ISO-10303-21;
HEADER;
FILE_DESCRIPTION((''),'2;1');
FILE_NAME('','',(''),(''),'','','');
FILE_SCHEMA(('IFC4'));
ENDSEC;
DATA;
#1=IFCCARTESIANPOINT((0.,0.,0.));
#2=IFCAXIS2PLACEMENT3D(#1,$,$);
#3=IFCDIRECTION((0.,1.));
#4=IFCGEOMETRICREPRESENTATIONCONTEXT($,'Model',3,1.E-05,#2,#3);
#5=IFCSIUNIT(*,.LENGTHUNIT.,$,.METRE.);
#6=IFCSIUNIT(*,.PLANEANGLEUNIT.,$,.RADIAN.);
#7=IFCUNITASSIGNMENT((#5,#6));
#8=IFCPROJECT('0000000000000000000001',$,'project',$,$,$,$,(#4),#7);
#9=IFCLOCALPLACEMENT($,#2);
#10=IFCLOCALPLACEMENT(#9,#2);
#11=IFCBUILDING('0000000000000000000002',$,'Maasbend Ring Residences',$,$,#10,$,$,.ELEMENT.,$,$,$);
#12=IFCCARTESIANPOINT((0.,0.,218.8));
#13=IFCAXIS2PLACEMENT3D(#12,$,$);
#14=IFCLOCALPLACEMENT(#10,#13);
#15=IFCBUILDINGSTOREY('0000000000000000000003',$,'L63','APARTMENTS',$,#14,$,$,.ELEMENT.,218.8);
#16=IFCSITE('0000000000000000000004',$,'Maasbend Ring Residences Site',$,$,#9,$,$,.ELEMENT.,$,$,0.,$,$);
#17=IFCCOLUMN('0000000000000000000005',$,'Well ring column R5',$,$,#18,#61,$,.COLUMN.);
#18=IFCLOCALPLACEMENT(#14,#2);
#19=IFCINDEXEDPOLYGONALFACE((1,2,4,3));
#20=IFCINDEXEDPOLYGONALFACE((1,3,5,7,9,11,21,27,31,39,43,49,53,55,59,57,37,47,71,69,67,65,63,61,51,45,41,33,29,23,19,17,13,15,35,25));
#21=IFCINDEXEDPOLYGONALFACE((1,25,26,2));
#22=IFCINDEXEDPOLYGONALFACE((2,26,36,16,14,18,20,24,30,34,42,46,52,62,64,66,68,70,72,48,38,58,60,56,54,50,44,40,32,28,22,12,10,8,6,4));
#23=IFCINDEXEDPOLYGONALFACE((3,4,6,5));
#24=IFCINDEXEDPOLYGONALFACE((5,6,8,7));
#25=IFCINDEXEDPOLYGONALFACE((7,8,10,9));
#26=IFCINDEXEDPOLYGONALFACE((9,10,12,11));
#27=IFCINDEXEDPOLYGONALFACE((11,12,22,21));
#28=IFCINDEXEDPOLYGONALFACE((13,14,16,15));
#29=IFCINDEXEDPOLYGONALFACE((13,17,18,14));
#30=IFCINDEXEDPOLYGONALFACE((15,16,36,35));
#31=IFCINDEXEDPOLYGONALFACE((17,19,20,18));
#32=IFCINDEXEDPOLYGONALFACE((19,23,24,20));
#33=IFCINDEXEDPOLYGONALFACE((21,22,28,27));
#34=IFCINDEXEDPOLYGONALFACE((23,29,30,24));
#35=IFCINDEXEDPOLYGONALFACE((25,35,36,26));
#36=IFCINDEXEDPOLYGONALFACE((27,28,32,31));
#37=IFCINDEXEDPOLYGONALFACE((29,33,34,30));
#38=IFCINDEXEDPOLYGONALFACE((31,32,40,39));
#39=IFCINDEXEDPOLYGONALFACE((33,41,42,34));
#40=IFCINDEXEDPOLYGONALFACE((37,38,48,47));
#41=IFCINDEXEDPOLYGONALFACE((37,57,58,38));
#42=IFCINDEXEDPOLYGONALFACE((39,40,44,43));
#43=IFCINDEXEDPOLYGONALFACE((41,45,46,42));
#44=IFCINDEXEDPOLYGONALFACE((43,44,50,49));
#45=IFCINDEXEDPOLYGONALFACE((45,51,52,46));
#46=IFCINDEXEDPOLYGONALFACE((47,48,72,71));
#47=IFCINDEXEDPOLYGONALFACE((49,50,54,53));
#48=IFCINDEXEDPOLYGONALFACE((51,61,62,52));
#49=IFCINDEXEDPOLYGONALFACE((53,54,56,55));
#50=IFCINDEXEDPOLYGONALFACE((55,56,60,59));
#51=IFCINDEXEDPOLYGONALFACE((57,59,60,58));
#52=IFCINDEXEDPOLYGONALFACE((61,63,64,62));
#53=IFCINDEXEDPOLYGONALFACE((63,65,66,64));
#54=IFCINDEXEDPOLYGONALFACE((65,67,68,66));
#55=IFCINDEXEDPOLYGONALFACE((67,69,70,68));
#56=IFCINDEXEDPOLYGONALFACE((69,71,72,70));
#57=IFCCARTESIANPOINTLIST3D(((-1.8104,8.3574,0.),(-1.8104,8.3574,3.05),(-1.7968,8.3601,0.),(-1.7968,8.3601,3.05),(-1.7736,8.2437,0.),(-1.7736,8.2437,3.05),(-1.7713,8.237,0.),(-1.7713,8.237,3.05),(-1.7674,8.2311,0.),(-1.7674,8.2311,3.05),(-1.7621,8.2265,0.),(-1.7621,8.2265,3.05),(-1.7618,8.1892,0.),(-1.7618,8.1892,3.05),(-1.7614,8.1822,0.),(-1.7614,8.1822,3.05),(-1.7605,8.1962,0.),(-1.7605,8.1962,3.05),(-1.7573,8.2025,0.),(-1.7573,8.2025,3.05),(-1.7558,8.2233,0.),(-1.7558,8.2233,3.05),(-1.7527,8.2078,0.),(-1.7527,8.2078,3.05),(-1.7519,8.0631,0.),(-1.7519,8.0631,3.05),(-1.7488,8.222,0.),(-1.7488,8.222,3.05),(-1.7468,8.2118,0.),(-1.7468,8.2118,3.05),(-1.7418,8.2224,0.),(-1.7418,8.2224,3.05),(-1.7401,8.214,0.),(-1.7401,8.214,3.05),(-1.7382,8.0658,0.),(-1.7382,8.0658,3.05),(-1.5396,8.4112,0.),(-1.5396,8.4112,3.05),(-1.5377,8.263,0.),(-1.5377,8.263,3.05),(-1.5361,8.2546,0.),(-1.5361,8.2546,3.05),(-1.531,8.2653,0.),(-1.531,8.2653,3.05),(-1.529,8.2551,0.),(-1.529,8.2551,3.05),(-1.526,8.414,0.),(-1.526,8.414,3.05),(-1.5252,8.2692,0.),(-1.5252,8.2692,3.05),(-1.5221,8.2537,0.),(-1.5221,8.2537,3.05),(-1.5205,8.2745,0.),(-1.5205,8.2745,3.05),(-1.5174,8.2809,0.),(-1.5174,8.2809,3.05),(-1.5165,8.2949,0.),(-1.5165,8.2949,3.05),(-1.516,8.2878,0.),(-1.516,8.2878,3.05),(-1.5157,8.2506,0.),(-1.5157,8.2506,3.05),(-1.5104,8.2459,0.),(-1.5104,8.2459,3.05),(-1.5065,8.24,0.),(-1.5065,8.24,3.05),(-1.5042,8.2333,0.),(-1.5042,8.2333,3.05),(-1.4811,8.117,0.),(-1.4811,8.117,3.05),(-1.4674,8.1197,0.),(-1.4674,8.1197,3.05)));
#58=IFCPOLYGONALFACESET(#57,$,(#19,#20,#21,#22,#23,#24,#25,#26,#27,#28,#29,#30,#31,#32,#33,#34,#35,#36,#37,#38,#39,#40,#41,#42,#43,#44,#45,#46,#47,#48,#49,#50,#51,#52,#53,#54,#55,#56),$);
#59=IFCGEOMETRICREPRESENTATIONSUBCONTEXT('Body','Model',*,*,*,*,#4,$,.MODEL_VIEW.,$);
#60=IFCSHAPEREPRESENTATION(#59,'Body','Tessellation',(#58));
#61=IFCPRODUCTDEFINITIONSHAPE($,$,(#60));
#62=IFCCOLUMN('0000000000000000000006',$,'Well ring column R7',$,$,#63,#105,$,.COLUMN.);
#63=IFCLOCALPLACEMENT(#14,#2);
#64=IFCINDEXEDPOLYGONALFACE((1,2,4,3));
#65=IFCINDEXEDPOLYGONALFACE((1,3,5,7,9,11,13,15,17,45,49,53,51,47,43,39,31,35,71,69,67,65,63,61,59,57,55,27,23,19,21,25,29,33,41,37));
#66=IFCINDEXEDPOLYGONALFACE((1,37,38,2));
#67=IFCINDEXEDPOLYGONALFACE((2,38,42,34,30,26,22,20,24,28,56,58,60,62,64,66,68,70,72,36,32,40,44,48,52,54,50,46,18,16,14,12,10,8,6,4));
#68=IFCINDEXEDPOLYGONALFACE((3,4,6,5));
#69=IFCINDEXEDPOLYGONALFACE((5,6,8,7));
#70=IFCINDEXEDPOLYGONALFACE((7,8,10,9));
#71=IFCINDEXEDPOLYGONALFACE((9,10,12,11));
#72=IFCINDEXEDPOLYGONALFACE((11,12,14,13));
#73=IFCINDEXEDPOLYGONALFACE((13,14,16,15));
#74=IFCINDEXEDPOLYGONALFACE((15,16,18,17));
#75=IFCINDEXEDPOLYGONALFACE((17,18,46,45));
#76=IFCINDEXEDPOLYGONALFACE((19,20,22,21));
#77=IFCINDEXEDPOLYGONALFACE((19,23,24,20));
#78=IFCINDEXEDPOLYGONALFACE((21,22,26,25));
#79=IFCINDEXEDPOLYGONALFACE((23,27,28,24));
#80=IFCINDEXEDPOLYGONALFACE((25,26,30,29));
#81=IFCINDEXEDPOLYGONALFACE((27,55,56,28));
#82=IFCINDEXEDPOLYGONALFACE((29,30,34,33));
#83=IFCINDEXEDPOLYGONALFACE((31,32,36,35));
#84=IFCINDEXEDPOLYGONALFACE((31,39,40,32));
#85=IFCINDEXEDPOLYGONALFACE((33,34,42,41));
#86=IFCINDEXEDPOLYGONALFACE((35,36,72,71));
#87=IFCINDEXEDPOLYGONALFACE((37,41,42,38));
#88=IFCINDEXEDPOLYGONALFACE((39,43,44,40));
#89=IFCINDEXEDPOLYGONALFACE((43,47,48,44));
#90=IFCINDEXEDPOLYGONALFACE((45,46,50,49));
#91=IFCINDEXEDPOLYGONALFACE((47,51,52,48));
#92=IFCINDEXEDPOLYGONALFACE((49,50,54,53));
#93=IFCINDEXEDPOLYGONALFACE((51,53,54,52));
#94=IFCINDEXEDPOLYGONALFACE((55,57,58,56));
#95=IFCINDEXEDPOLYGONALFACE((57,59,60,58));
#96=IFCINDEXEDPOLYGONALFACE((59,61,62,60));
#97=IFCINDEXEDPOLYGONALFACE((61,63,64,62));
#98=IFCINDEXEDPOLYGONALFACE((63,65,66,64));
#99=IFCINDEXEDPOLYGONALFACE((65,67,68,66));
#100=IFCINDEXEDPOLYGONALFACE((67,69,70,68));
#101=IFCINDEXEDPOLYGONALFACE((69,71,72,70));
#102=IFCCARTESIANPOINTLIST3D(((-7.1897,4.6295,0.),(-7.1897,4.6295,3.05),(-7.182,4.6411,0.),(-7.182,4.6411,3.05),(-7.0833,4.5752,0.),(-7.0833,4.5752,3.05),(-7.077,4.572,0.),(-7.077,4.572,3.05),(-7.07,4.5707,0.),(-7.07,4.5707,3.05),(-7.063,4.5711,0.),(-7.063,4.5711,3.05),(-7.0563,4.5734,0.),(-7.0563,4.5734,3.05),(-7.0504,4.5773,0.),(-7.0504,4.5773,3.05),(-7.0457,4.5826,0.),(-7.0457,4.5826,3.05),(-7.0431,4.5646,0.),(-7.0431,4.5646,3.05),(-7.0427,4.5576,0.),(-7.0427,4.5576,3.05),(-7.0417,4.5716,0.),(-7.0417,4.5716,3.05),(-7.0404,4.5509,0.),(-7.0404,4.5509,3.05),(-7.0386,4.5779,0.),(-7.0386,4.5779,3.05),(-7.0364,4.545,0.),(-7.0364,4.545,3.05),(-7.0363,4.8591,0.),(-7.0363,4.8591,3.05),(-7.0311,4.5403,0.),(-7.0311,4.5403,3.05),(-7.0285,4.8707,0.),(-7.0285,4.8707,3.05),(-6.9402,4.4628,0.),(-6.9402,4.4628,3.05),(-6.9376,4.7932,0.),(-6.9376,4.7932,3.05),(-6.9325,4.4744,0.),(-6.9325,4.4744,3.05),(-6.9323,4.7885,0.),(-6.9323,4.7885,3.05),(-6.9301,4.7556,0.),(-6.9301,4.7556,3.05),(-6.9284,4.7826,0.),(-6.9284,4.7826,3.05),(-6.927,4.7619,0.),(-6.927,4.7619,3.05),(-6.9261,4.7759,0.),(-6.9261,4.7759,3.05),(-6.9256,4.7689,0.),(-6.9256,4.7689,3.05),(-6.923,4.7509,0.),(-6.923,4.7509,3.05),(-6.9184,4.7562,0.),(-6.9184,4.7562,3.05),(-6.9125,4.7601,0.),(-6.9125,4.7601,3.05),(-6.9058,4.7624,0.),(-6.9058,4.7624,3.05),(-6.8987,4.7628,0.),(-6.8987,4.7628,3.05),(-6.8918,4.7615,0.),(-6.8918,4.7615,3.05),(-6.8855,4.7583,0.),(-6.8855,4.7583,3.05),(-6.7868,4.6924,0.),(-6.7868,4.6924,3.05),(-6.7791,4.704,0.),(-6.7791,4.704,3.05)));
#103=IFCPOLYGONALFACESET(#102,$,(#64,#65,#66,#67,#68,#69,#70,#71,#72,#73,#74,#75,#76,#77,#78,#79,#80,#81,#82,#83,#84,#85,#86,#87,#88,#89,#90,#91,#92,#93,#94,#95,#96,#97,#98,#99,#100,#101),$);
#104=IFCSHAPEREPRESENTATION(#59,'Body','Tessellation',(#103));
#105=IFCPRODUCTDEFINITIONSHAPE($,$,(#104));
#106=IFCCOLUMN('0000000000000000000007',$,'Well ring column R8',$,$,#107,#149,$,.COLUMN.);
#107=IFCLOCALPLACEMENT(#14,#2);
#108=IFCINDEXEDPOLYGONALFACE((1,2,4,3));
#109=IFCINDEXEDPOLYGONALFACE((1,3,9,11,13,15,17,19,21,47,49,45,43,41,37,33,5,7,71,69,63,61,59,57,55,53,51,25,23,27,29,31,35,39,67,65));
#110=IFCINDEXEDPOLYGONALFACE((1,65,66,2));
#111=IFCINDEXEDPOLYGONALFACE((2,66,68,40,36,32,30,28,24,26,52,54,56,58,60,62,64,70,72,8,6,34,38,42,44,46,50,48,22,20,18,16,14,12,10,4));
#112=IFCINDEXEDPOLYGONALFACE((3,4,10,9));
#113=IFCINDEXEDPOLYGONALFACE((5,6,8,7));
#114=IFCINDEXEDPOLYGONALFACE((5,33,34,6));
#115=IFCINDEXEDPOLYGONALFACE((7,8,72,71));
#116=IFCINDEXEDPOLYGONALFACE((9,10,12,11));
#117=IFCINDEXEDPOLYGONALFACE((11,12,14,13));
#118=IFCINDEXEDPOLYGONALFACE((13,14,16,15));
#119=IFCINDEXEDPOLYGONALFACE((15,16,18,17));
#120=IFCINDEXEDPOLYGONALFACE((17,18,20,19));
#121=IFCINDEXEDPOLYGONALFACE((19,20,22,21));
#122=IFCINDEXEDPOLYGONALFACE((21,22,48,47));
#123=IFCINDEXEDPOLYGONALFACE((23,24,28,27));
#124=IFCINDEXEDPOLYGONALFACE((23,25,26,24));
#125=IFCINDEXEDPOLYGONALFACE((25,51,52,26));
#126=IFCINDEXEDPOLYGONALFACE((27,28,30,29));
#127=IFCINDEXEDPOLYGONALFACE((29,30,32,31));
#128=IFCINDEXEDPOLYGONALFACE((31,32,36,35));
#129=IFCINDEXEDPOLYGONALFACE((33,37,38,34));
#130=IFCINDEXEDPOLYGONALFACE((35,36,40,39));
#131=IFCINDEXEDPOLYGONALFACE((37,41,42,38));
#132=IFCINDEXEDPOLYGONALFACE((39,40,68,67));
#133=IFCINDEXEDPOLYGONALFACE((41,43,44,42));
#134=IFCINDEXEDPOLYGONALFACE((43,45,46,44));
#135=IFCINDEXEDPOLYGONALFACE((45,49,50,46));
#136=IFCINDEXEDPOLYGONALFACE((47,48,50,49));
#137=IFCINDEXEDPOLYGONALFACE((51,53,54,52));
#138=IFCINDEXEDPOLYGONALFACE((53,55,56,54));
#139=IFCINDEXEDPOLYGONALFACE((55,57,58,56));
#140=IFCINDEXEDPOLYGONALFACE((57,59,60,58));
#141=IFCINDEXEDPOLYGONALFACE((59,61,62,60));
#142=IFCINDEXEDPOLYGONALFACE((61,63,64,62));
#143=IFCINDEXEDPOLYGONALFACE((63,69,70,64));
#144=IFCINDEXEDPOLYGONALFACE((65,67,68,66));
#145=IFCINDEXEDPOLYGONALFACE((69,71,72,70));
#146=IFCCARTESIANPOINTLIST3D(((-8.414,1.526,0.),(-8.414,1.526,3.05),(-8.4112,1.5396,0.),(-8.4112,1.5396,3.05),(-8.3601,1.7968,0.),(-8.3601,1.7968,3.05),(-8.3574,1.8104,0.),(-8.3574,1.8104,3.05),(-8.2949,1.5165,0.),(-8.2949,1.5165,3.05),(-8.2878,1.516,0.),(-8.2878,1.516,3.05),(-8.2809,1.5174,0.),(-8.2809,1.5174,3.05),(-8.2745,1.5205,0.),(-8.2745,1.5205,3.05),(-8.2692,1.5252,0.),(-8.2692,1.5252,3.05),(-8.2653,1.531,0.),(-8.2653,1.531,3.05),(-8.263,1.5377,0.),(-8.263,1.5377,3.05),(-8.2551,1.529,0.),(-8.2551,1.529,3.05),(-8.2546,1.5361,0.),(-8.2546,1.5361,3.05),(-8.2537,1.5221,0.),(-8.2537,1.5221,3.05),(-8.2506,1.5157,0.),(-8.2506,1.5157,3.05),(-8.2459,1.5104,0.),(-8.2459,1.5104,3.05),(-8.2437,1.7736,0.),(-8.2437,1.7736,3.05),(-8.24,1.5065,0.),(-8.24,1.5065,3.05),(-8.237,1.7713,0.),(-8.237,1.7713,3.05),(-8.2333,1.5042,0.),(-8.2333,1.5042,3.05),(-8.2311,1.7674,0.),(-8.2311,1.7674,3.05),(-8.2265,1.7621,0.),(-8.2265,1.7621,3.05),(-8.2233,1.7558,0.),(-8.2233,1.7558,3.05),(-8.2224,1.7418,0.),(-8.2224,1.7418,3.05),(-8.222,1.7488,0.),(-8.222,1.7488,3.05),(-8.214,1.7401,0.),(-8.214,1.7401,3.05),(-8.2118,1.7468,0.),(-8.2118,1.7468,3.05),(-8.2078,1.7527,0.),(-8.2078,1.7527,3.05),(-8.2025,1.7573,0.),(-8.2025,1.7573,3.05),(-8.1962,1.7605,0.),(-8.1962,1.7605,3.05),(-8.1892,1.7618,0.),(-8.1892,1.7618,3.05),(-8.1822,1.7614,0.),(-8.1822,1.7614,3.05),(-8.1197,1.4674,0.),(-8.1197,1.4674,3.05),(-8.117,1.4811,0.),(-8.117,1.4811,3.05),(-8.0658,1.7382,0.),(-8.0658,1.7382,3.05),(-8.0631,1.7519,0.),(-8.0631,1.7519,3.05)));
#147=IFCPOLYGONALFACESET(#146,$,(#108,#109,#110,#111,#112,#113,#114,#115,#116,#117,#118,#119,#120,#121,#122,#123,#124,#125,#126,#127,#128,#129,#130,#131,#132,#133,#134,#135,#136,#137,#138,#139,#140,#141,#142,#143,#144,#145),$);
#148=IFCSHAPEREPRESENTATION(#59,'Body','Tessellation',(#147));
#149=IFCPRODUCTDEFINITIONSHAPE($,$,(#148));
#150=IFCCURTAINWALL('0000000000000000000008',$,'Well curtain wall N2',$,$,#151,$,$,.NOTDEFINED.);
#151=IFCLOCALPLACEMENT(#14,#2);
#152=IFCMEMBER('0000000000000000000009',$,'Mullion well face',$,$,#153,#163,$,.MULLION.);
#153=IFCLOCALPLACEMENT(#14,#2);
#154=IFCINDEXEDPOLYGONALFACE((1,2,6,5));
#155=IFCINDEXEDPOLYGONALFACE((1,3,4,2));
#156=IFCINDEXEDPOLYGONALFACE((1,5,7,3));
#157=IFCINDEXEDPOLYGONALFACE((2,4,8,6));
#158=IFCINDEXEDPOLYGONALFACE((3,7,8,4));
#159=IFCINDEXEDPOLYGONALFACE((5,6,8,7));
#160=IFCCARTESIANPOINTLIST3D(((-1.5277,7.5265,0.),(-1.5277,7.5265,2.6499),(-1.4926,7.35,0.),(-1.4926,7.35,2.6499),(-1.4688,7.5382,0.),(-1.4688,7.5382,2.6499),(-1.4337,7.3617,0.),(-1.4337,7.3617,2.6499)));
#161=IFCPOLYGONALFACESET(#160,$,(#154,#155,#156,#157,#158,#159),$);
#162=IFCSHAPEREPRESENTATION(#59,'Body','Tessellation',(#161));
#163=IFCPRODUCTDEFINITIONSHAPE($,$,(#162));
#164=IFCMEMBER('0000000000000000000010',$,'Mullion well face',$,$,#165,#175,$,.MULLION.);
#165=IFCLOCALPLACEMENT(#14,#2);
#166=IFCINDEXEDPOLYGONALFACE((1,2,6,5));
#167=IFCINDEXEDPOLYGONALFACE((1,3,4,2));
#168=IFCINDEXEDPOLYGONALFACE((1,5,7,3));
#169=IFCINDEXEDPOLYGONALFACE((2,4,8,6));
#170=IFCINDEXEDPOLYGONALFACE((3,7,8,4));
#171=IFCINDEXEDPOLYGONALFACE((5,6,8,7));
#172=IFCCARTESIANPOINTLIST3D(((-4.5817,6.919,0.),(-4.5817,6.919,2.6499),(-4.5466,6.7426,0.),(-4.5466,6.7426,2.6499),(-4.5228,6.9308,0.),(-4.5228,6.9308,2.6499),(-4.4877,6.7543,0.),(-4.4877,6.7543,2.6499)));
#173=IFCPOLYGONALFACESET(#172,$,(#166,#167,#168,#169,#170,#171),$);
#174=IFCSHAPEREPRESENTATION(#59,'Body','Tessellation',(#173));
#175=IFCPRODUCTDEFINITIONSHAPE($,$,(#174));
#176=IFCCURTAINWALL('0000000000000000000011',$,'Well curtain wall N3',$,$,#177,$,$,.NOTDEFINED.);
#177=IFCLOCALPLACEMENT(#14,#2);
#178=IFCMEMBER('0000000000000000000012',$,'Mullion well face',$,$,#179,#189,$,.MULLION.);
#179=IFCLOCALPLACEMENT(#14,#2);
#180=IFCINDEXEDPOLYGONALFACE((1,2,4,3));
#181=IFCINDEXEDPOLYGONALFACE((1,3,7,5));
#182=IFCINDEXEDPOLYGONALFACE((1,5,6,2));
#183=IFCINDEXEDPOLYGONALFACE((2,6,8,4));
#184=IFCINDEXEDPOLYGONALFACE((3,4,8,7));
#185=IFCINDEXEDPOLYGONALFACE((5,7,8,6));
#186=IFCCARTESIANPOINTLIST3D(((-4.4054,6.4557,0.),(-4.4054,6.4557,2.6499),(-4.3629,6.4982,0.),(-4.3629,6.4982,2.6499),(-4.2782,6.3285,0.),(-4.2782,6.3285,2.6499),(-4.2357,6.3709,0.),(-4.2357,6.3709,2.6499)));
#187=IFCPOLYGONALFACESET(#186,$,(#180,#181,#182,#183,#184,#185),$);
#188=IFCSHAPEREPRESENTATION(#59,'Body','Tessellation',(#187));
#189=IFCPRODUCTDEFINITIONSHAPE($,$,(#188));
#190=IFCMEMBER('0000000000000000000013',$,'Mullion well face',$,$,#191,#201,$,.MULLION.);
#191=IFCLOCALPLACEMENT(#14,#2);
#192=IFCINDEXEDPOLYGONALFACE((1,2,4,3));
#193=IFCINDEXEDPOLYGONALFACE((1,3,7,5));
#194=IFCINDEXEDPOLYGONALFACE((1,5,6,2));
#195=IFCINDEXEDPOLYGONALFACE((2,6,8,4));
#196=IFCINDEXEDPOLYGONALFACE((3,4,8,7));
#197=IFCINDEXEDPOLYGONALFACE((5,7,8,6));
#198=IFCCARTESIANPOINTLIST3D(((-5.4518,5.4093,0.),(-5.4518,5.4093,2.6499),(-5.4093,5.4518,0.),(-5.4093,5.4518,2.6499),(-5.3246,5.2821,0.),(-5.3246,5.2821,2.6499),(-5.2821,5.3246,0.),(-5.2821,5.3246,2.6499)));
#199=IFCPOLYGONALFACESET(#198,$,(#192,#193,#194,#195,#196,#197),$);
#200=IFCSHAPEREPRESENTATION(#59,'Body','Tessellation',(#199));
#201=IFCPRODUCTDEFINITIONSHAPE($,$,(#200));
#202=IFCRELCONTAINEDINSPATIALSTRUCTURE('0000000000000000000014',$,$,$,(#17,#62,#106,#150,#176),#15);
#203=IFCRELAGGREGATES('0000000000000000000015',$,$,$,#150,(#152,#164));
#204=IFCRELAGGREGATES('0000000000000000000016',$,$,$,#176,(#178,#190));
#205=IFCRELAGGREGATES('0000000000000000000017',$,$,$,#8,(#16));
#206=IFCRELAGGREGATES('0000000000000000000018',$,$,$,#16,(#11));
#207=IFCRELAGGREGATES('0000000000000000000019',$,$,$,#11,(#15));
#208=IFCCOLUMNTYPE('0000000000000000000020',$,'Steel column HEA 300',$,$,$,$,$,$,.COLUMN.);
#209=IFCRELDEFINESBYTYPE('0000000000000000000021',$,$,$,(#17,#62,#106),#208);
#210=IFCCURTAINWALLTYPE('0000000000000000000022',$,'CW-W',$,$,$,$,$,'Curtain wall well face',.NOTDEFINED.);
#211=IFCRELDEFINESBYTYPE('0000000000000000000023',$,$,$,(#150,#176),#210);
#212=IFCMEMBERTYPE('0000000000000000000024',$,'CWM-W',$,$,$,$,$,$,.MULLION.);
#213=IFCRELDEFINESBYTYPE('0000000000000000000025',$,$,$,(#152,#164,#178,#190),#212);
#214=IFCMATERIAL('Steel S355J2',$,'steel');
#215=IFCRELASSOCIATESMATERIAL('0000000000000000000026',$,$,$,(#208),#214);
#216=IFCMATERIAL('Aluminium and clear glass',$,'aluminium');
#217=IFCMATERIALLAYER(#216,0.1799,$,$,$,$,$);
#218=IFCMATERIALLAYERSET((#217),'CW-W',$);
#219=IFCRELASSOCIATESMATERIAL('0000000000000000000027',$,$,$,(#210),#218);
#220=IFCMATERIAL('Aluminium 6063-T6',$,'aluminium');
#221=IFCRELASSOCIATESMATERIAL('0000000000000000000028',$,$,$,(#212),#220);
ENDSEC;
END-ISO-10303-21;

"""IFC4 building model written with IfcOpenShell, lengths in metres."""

from ifc_helpers import new_model, si_unit, direction, frame, origin, origin_2d, place, context, subcontext, project, spatial, rectangle, i_section, extrude, material, layer, layer_set, material_profile, profile_set, type_object, element, aggregate, save


model = new_model("IFC4")

# Units and contexts
model_context = context("Model", 3, precision=1e-05, world=origin(), true_north=direction((0.0, 1.0)))
body_context = subcontext(model_context, "Body", "Model", "MODEL_VIEW")
ifc_project = project(units=[si_unit("LENGTHUNIT", "METRE"), si_unit("PLANEANGLEUNIT", "RADIAN")], contexts=[model_context])

# Site, building, storey
site_placement = place(None, origin())
site = spatial("IfcSite", under=ifc_project, at=site_placement, Name="Maasbend Ring Residences Site", CompositionType="ELEMENT", RefElevation=0.0)
building_placement = place(site_placement, origin())
building = spatial("IfcBuilding", under=site, at=building_placement, Name="Maasbend Ring Residences", CompositionType="ELEMENT")
storey_placement = place(building_placement, frame((0.0, 0.0, 218.8)))
storey = spatial("IfcBuildingStorey", under=building, at=storey_placement, Name="L63", Description="APARTMENTS", CompositionType="ELEMENT", Elevation=218.8)

# Columns
ifc_material_1 = material(Name="Steel S355J2", Category="steel")
ifc_material_profile_1 = material_profile(ifc_material_1, i_section(OverallWidth=0.3, OverallDepth=0.29, WebThickness=0.0085, FlangeThickness=0.0139, FilletRadius=0.0271, at=origin_2d()), Name="HEA 300")
ifc_profile_set_1 = profile_set([ifc_material_profile_1], Name="Steel S355J2")
column_type = type_object("IfcColumnType", Name="Steel column HEA 300", PredefinedType="COLUMN", material=ifc_profile_set_1)
for number, where, z_axis, x_axis, name in (
    (1, (-1.6389, 8.2385, 0.0), (0.0, 0.0, 1.0), (-0.19509, 0.980785, 0.0), "Well ring column R5"),
    (2, (-6.9844, 4.6667, 0.0), (0.0, 0.0, 1.0), (-0.83147, 0.55557, 0.0), "Well ring column R7"),
    (3, (-8.2385, 1.6389, 0.0), (0.0, 0.0, 1.0), (-0.980785, 0.19509, 0.0), "Well ring column R8"),
):
    element("IfcColumn", number, at=place(storey_placement, frame(where, z_axis=z_axis, x_axis=x_axis)), inside=storey, type_object=column_type, Name=name, PredefinedType="COLUMN", context=body_context, shape_type="SweptSolid", body=[
        extrude(i_section(OverallWidth=0.3, OverallDepth=0.29, WebThickness=0.0085, FlangeThickness=0.0139, FilletRadius=0.0271, at=origin_2d()), origin(), (0.0, 0.0, 1.0), 3.05),
    ])

# Curtain walls, members
ifc_material_2 = material(Name="Aluminium and clear glass", Category="aluminium")
ifc_layer_1 = layer(ifc_material_2, 0.1799)
ifc_layer_set_1 = layer_set([ifc_layer_1], Name="CW-W")
curtain_wall_type = type_object("IfcCurtainWallType", Name="CW-W", ElementType="Curtain wall well face", PredefinedType="NOTDEFINED", material=ifc_layer_set_1)
curtain_wall_1_placement = place(storey_placement, origin())
curtain_wall_1 = element("IfcCurtainWall", 4, at=curtain_wall_1_placement, inside=storey, type_object=curtain_wall_type, Name="Well curtain wall N2", PredefinedType="NOTDEFINED")
ifc_material_3 = material(Name="Aluminium 6063-T6", Category="aluminium")
ifc_material_profile_2 = material_profile(ifc_material_3, rectangle(XDim=0.1799, YDim=0.0601, at=origin_2d()), Name="AL 180x60")
ifc_profile_set_2 = profile_set([ifc_material_profile_2], Name="Aluminium 6063-T6")
member_type_1 = type_object("IfcMemberType", Name="CWM-W", PredefinedType="MULLION", material=ifc_profile_set_2)
member_1_placement = place(storey_placement, frame((-1.4807, 7.4441, 0.0), z_axis=(0.0, 0.0, 1.0), x_axis=(0.19509, -0.980785, 0.0)))
member_1 = element("IfcMember", 5, at=member_1_placement, type_object=member_type_1, Name="Mullion well face", PredefinedType="MULLION", context=body_context, shape_type="SweptSolid", body=[
    extrude(rectangle(XDim=0.1799, YDim=0.0601, at=origin_2d()), origin(), (0.0, 0.0, 1.0), 2.6499),
])
member_2_placement = place(storey_placement, frame((-4.5347, 6.8367, 0.0), z_axis=(0.0, 0.0, 1.0), x_axis=(0.19509, -0.980785, 0.0)))
member_2 = element("IfcMember", 6, at=member_2_placement, type_object=member_type_1, Name="Mullion well face", PredefinedType="MULLION", context=body_context, shape_type="SweptSolid", body=[
    extrude(rectangle(XDim=0.1799, YDim=0.0601, at=origin_2d()), origin(), (0.0, 0.0, 1.0), 2.6499),
])
curtain_wall_2_placement = place(storey_placement, origin())
curtain_wall_2 = element("IfcCurtainWall", 7, at=curtain_wall_2_placement, inside=storey, type_object=curtain_wall_type, Name="Well curtain wall N3", PredefinedType="NOTDEFINED")
member_3_placement = place(storey_placement, frame((-4.3206, 6.4133, 0.0), z_axis=(0.0, 0.0, 1.0), x_axis=(0.707107, -0.707107, 0.0)))
member_3 = element("IfcMember", 8, at=member_3_placement, type_object=member_type_1, Name="Mullion well face", PredefinedType="MULLION", context=body_context, shape_type="SweptSolid", body=[
    extrude(rectangle(XDim=0.1799, YDim=0.0601, at=origin_2d()), origin(), (0.0, 0.0, 1.0), 2.6499),
])
member_4_placement = place(storey_placement, frame((-5.3669, 5.3669, 0.0), z_axis=(0.0, 0.0, 1.0), x_axis=(0.707107, -0.707107, 0.0)))
member_4 = element("IfcMember", 9, at=member_4_placement, type_object=member_type_1, Name="Mullion well face", PredefinedType="MULLION", context=body_context, shape_type="SweptSolid", body=[
    extrude(rectangle(XDim=0.1799, YDim=0.0601, at=origin_2d()), origin(), (0.0, 0.0, 1.0), 2.6499),
])

aggregate(curtain_wall_1, [member_1, member_2])
aggregate(curtain_wall_2, [member_3, member_4])

save(model, "model.ifc")
